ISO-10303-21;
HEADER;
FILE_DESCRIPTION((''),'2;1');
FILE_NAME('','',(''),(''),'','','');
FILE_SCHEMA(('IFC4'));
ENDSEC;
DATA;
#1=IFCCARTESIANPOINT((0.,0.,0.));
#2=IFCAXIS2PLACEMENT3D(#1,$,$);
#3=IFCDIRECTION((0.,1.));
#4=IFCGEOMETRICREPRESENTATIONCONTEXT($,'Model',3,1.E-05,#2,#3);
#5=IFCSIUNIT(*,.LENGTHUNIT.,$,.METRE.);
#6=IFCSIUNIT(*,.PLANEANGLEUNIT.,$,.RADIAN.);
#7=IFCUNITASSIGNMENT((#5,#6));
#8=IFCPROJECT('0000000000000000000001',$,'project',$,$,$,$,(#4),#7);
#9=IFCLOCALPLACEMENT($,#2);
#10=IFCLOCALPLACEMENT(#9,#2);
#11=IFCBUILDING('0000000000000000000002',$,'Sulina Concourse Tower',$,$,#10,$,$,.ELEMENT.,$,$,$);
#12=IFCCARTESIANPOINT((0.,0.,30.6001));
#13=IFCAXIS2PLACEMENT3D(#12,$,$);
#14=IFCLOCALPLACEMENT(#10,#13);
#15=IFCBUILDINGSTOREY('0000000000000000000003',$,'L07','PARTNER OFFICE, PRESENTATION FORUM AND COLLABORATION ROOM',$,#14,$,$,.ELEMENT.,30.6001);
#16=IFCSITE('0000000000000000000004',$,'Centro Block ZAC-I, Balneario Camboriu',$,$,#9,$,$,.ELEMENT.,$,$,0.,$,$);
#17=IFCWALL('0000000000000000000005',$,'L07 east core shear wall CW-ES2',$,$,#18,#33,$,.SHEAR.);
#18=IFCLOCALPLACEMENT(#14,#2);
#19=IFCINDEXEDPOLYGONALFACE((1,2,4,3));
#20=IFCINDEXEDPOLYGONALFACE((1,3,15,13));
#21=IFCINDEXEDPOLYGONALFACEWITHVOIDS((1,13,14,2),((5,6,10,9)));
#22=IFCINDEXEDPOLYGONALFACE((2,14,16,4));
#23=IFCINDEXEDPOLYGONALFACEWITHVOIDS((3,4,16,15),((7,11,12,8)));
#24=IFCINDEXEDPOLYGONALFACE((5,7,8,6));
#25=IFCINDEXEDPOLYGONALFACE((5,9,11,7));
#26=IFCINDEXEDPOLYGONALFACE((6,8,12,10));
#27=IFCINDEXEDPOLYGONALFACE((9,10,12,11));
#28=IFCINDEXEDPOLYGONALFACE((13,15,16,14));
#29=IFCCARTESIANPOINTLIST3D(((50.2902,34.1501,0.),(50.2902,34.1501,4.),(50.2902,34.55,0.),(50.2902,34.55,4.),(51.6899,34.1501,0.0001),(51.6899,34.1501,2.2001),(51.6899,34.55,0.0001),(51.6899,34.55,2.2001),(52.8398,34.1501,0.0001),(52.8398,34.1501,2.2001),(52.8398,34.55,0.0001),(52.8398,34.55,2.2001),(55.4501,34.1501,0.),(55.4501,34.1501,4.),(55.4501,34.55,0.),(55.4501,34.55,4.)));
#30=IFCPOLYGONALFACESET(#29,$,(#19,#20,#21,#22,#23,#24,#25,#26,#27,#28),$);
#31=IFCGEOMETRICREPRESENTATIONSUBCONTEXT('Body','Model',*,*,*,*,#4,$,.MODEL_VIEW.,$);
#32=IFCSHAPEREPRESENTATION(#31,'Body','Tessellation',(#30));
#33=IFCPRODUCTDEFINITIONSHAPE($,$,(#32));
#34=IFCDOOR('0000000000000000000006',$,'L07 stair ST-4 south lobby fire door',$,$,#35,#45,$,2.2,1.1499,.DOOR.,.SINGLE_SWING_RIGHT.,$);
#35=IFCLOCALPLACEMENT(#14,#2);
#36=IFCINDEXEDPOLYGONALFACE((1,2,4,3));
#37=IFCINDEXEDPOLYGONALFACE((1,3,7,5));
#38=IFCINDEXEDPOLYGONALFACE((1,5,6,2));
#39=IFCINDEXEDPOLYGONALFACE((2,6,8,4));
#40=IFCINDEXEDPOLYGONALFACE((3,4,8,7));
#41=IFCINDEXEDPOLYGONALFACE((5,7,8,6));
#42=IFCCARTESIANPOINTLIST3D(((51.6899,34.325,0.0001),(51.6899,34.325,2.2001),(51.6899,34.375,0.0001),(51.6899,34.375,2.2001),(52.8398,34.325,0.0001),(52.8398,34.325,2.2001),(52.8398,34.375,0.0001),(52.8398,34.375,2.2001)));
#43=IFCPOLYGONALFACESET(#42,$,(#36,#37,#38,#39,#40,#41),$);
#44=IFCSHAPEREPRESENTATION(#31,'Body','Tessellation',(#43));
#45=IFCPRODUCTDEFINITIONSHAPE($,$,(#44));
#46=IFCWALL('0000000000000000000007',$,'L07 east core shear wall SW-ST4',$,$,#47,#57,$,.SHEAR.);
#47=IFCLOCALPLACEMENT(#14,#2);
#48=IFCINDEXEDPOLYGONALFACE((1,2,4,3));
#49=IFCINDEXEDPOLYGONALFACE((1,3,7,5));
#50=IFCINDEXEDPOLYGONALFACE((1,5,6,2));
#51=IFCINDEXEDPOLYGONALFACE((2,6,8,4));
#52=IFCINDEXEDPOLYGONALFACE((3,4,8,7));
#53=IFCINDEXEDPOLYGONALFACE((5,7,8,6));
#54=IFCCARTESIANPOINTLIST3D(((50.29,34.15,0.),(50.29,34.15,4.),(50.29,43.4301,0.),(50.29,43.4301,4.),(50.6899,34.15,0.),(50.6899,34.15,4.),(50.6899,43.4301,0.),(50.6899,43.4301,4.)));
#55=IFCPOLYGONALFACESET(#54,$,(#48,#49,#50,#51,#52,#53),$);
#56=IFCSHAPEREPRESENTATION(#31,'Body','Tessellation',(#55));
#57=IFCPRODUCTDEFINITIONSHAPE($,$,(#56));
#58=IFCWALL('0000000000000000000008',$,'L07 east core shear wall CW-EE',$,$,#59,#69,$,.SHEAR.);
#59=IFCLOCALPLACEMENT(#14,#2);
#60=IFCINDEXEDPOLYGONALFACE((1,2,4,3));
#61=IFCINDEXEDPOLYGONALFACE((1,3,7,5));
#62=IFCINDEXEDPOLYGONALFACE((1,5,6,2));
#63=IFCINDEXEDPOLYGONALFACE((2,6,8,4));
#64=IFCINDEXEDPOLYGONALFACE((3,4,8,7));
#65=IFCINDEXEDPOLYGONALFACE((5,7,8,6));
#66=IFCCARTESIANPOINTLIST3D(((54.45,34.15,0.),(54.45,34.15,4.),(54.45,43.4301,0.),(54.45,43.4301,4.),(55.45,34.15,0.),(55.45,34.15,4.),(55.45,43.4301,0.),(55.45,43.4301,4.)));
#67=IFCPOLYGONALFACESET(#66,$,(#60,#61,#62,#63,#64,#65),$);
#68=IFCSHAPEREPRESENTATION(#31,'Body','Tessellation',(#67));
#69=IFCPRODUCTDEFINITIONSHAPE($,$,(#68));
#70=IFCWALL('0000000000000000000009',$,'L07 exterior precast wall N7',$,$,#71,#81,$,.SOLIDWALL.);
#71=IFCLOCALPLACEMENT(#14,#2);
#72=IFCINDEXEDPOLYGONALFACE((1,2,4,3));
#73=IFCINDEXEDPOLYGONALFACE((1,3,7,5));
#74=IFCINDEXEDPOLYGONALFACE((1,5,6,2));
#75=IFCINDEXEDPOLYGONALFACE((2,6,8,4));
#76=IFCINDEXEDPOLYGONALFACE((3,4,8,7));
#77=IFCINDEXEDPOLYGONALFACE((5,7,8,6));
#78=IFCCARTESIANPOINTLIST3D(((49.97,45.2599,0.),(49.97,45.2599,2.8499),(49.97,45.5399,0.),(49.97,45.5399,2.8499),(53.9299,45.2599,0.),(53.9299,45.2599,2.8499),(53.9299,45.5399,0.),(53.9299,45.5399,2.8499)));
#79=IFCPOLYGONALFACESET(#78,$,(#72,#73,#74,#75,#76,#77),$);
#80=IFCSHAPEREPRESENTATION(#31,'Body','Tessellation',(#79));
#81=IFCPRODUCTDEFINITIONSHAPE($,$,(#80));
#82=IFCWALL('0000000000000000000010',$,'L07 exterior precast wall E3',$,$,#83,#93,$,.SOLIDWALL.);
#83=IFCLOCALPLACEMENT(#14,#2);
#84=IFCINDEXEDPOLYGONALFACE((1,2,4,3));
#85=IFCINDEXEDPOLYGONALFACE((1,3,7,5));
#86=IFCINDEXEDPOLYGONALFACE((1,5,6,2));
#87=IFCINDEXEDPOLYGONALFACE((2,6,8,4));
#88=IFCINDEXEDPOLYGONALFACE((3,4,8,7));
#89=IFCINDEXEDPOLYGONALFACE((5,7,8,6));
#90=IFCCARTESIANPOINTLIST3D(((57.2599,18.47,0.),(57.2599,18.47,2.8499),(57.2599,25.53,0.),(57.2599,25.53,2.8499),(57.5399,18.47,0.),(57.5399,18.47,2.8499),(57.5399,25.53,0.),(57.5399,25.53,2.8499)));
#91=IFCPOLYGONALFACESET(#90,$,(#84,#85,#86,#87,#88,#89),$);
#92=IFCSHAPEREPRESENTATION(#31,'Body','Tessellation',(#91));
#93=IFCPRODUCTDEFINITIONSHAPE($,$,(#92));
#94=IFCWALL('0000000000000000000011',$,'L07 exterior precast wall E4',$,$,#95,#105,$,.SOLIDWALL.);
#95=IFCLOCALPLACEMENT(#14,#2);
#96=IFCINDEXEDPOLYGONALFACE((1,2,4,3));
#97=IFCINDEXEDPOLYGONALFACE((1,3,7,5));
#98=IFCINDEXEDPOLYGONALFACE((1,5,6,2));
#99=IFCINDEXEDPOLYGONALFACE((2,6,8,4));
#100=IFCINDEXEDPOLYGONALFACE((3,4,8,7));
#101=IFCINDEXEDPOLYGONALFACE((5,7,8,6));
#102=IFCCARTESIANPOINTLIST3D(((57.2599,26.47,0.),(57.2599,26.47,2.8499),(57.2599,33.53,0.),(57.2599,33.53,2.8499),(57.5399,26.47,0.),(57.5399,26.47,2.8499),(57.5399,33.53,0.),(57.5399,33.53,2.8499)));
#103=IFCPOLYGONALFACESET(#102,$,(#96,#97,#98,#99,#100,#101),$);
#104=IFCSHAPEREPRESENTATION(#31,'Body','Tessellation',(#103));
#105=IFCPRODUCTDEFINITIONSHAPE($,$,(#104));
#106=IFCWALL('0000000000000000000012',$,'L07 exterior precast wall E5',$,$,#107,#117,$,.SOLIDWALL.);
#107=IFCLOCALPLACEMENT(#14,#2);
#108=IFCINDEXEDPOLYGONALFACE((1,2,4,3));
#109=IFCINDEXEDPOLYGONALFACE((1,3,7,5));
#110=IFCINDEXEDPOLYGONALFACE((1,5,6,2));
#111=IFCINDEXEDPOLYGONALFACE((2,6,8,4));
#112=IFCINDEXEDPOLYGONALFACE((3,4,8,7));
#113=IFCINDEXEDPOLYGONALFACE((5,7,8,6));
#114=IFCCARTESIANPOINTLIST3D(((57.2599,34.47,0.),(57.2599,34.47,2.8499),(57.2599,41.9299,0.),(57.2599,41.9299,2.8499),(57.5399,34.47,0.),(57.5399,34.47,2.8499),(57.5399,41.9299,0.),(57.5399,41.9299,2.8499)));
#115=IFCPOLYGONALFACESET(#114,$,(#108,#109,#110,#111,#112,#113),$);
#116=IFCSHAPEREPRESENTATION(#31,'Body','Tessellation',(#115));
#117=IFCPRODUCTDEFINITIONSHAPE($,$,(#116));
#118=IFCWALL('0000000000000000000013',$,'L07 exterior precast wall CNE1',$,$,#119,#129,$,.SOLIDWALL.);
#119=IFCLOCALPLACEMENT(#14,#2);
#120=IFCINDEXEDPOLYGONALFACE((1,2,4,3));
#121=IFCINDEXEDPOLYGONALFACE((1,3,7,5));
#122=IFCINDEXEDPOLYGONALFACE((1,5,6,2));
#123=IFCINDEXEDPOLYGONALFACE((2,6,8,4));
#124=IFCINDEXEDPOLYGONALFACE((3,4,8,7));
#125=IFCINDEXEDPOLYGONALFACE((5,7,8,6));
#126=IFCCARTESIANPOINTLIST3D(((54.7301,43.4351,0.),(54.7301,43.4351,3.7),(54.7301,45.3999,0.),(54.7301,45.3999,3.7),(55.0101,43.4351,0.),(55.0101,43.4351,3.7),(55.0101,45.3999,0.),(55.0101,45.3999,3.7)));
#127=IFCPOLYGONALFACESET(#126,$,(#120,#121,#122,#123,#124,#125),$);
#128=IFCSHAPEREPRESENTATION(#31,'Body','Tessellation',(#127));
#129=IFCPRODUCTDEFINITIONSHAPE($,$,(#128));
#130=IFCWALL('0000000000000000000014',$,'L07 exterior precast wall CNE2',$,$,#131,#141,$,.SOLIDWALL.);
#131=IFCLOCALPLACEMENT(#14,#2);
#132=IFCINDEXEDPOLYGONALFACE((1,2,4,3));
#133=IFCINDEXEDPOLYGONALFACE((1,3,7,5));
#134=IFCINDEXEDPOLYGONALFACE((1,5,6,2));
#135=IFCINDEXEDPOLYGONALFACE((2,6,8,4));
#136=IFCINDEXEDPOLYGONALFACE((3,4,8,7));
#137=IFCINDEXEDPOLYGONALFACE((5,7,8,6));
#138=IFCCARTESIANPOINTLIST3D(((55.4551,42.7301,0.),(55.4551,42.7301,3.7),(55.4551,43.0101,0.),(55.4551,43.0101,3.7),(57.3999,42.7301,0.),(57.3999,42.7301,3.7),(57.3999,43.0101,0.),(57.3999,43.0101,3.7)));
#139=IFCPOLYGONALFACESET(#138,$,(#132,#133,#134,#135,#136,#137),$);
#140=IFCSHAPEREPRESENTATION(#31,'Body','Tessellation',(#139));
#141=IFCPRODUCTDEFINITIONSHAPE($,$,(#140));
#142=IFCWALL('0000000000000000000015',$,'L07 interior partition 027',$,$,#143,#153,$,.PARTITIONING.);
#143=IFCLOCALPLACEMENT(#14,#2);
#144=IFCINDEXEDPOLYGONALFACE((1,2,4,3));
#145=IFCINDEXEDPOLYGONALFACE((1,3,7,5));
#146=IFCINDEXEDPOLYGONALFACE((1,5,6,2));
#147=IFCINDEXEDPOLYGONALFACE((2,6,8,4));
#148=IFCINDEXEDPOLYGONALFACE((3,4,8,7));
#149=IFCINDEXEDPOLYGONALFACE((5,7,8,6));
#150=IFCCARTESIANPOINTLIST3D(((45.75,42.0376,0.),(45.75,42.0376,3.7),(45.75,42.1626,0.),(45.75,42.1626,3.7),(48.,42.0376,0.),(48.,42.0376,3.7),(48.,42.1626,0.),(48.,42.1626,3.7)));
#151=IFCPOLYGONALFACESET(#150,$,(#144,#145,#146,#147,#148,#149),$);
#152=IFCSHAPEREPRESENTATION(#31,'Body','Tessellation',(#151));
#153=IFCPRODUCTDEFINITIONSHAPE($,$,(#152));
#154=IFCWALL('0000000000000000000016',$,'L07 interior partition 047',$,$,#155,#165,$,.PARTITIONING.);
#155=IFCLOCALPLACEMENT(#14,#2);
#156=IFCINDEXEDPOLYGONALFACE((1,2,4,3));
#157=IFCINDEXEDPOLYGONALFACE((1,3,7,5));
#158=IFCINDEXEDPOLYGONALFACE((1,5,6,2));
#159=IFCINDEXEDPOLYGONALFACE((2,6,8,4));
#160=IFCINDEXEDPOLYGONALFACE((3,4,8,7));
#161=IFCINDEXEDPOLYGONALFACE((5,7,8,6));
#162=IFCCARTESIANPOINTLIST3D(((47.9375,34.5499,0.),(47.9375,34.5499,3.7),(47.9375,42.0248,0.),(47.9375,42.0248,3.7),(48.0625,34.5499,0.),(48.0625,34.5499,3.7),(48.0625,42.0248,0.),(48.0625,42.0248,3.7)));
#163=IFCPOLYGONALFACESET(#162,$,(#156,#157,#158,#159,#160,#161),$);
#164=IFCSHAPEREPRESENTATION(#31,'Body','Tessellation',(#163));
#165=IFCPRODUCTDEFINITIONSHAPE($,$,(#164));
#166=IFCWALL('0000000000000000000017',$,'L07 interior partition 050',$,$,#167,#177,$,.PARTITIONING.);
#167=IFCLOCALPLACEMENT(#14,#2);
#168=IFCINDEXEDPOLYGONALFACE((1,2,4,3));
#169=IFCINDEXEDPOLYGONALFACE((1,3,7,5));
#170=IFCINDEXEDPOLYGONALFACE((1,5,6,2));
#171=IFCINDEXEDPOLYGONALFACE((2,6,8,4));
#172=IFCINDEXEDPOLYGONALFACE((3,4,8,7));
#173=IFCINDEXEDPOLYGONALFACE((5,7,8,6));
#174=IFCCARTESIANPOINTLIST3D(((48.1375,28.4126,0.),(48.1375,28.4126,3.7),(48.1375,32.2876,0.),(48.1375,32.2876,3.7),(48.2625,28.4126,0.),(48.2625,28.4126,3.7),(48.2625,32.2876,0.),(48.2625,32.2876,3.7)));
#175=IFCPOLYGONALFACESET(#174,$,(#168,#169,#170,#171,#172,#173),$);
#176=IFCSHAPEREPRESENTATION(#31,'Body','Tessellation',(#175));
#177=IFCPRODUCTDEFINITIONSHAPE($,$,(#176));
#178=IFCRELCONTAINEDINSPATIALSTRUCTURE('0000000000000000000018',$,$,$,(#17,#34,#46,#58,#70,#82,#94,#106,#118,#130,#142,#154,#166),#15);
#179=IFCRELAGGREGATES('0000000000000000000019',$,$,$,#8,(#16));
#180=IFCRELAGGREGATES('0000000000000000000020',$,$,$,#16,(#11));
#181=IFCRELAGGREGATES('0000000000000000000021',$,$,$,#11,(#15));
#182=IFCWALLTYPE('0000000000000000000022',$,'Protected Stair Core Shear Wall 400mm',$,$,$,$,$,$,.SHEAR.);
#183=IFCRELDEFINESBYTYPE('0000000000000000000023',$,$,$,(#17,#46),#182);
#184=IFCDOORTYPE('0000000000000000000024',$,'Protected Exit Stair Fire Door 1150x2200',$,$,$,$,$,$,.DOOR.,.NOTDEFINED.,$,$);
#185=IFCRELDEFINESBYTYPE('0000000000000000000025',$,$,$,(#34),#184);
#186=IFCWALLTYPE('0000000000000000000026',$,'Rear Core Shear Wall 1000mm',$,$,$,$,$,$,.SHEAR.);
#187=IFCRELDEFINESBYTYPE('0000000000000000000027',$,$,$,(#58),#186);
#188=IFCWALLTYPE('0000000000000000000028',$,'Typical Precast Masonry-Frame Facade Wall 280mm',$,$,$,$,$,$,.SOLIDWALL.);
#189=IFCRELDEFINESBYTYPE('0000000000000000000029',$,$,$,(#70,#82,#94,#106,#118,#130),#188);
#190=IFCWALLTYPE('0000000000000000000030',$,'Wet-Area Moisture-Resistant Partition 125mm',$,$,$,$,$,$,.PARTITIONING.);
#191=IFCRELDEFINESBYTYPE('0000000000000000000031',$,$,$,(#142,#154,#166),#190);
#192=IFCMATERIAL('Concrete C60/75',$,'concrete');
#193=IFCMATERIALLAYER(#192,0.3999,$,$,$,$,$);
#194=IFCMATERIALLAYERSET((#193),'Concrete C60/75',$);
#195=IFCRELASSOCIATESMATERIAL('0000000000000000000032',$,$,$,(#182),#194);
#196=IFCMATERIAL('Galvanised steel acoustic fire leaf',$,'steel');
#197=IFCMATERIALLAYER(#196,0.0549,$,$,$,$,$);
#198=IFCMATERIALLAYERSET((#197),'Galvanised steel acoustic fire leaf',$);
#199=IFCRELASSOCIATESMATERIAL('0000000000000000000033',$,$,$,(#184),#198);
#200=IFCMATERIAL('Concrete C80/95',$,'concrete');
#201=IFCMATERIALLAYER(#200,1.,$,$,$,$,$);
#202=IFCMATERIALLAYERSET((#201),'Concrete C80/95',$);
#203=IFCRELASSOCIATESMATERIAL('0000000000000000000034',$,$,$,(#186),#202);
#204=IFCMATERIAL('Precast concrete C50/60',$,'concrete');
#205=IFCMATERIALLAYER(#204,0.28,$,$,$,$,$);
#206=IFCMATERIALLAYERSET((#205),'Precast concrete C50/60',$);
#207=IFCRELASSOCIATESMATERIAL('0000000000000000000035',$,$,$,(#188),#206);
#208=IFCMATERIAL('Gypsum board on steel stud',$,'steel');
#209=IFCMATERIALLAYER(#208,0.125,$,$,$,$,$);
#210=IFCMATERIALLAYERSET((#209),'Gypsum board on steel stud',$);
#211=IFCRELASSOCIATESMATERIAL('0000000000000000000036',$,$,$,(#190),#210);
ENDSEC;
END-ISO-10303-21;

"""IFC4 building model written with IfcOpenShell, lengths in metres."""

from ifc_helpers import new_model, si_unit, direction, frame, frame_2d, origin, place, context, subcontext, project, spatial, rectangle, extrude, material, layer, layer_set, type_object, element, fill, save


model = new_model("IFC4")

# Units and contexts
model_context = context("Model", 3, precision=1e-05, world=origin(), true_north=direction((0.0, 1.0)))
body_context = subcontext(model_context, "Body", "Model", "MODEL_VIEW")
ifc_project = project(units=[si_unit("LENGTHUNIT", "METRE"), si_unit("PLANEANGLEUNIT", "RADIAN")], contexts=[model_context])

# Site, building, storey
site_placement = place(None, origin())
site = spatial("IfcSite", under=ifc_project, at=site_placement, Name="Centro Block ZAC-I, Balneario Camboriu", CompositionType="ELEMENT", RefElevation=0.0)
building_placement = place(site_placement, origin())
building = spatial("IfcBuilding", under=site, at=building_placement, Name="Sulina Concourse Tower", CompositionType="ELEMENT")
storey_placement = place(building_placement, frame((0.0, 0.0, 30.6001)))
storey = spatial("IfcBuildingStorey", under=building, at=storey_placement, Name="L07", Description="PARTNER OFFICE, PRESENTATION FORUM AND COLLABORATION ROOM", CompositionType="ELEMENT", Elevation=30.6001)

# Wall, opening, door
ifc_material_1 = material(Name="Concrete C60/75", Category="concrete")
ifc_layer_1 = layer(ifc_material_1, 0.3999)
ifc_layer_set_1 = layer_set([ifc_layer_1], Name="Concrete C60/75")
wall_type_1 = type_object("IfcWallType", Name="Protected Stair Core Shear Wall 400mm", PredefinedType="SHEAR", material=ifc_layer_set_1)
wall_1_placement = place(storey_placement, frame((50.29, 34.3501, 0.0), z_axis=(0.0, 0.0, 1.0), x_axis=(1.0, 0.0, 0.0)))
wall_1 = element("IfcWall", 1, at=wall_1_placement, inside=storey, type_object=wall_type_1, Name="L07 east core shear wall CW-ES2", PredefinedType="SHEAR", context=body_context, shape_type="SweptSolid", body=[
    extrude(rectangle(XDim=5.1599, YDim=0.3999, at=frame_2d((2.5801, 0.0))), origin(), (0.0, 0.0, 1.0), 4.0),
])
opening_1_placement = place(wall_1_placement, frame((1.3999, 0.0, 0.0)))
opening_1 = element("IfcOpeningElement", 2, at=opening_1_placement, cuts=wall_1, PredefinedType="OPENING", context=body_context, shape_type="SweptSolid", body=[
    extrude(rectangle(XDim=1.1499, YDim=2.2, at=frame_2d((0.575, 1.1001))), frame((0.0, 0.21, 0.0), z_axis=(0.0, -1.0, 0.0), x_axis=(1.0, 0.0, 0.0)), (0.0, 0.0, 1.0), 0.4199),
])
ifc_material_2 = material(Name="Galvanised steel acoustic fire leaf", Category="steel")
ifc_layer_2 = layer(ifc_material_2, 0.0549)
ifc_layer_set_2 = layer_set([ifc_layer_2], Name="Galvanised steel acoustic fire leaf")
door_type_1 = type_object("IfcDoorType", Name="Protected Exit Stair Fire Door 1150x2200", OperationType="NOTDEFINED", PredefinedType="DOOR", material=ifc_layer_set_2)
door_1_placement = place(opening_1_placement, origin())
door_1 = element("IfcDoor", 3, at=door_1_placement, inside=storey, type_object=door_type_1, Name="L07 stair ST-4 south lobby fire door", OperationType="SINGLE_SWING_RIGHT", OverallHeight=2.2, OverallWidth=1.1499, PredefinedType="DOOR", context=body_context, shape_type="SweptSolid", body=[
    extrude(rectangle(XDim=1.1499, YDim=2.2, at=frame_2d((0.575, 1.1001))), frame((0.0, 0.0249, 0.0), z_axis=(0.0, -1.0, 0.0), x_axis=(1.0, 0.0, 0.0)), (0.0, 0.0, 1.0), 0.05),
])
fill(opening_1, door_1)

# Walls
wall_2_placement = place(storey_placement, frame((50.49, 34.1499, 0.0), z_axis=(0.0, 0.0, 1.0), x_axis=(0.0, 1.0, 0.0)))
element("IfcWall", 4, at=wall_2_placement, inside=storey, type_object=wall_type_1, Name="L07 east core shear wall SW-ST4", PredefinedType="SHEAR", context=body_context, shape_type="SweptSolid", body=[
    extrude(rectangle(XDim=9.28, YDim=0.3999, at=frame_2d((4.6401, 0.0))), origin(), (0.0, 0.0, 1.0), 4.0),
])
ifc_material_3 = material(Name="Concrete C80/95", Category="concrete")
ifc_layer_3 = layer(ifc_material_3, 1.0)
ifc_layer_set_3 = layer_set([ifc_layer_3], Name="Concrete C80/95")
wall_type_2 = type_object("IfcWallType", Name="Rear Core Shear Wall 1000mm", PredefinedType="SHEAR", material=ifc_layer_set_3)
wall_3_placement = place(storey_placement, frame((54.95, 34.1499, 0.0), z_axis=(0.0, 0.0, 1.0), x_axis=(0.0, 1.0, 0.0)))
element("IfcWall", 5, at=wall_3_placement, inside=storey, type_object=wall_type_2, Name="L07 east core shear wall CW-EE", PredefinedType="SHEAR", context=body_context, shape_type="SweptSolid", body=[
    extrude(rectangle(XDim=9.28, YDim=1.0, at=frame_2d((4.6401, 0.0))), origin(), (0.0, 0.0, 1.0), 4.0),
])
ifc_material_4 = material(Name="Precast concrete C50/60", Category="concrete")
ifc_layer_4 = layer(ifc_material_4, 0.28)
ifc_layer_set_4 = layer_set([ifc_layer_4], Name="Precast concrete C50/60")
wall_type_3 = type_object("IfcWallType", Name="Typical Precast Masonry-Frame Facade Wall 280mm", PredefinedType="SOLIDWALL", material=ifc_layer_set_4)
wall_4_placement = place(storey_placement, frame((49.97, 45.3999, 0.0), z_axis=(0.0, 0.0, 1.0), x_axis=(1.0, 0.0, 0.0)))
element("IfcWall", 6, at=wall_4_placement, inside=storey, type_object=wall_type_3, Name="L07 exterior precast wall N7", PredefinedType="SOLIDWALL", context=body_context, shape_type="SweptSolid", body=[
    extrude(rectangle(XDim=3.96, YDim=0.28, at=frame_2d((1.98, 0.0))), origin(), (0.0, 0.0, 1.0), 2.8499),
])
for number, where, z_axis, x_axis, name in (
    (7, (57.3999, 25.53, 0.0), (0.0, 0.0, 1.0), (0.0, -1.0, 0.0), "L07 exterior precast wall E3"),
    (8, (57.3999, 33.53, 0.0), (0.0, 0.0, 1.0), (0.0, -1.0, 0.0), "L07 exterior precast wall E4"),
):
    element("IfcWall", number, at=place(storey_placement, frame(where, z_axis=z_axis, x_axis=x_axis)), inside=storey, type_object=wall_type_3, Name=name, PredefinedType="SOLIDWALL", context=body_context, shape_type="SweptSolid", body=[
        extrude(rectangle(XDim=7.0601, YDim=0.28, at=frame_2d((3.53, 0.0))), origin(), (0.0, 0.0, 1.0), 2.8499),
    ])
wall_5_placement = place(storey_placement, frame((57.3999, 41.9299, 0.0), z_axis=(0.0, 0.0, 1.0), x_axis=(0.0, -1.0, 0.0)))
element("IfcWall", 9, at=wall_5_placement, inside=storey, type_object=wall_type_3, Name="L07 exterior precast wall E5", PredefinedType="SOLIDWALL", context=body_context, shape_type="SweptSolid", body=[
    extrude(rectangle(XDim=7.46, YDim=0.28, at=frame_2d((3.73, 0.0))), origin(), (0.0, 0.0, 1.0), 2.8499),
])
wall_6_placement = place(storey_placement, frame((54.8701, 45.3999, 0.0), z_axis=(0.0, 0.0, 1.0), x_axis=(0.0, -1.0, 0.0)))
element("IfcWall", 10, at=wall_6_placement, inside=storey, type_object=wall_type_3, Name="L07 exterior precast wall CNE1", PredefinedType="SOLIDWALL", context=body_context, shape_type="SweptSolid", body=[
    extrude(rectangle(XDim=1.9648, YDim=0.28, at=frame_2d((0.9824, 0.0))), origin(), (0.0, 0.0, 1.0), 3.7),
])
wall_7_placement = place(storey_placement, frame((55.4551, 42.8701, 0.0), z_axis=(0.0, 0.0, 1.0), x_axis=(1.0, 0.0, 0.0)))
element("IfcWall", 11, at=wall_7_placement, inside=storey, type_object=wall_type_3, Name="L07 exterior precast wall CNE2", PredefinedType="SOLIDWALL", context=body_context, shape_type="SweptSolid", body=[
    extrude(rectangle(XDim=1.9448, YDim=0.28, at=frame_2d((0.9724, 0.0))), origin(), (0.0, 0.0, 1.0), 3.7),
])
ifc_material_5 = material(Name="Gypsum board on steel stud", Category="steel")
ifc_layer_5 = layer(ifc_material_5, 0.125)
ifc_layer_set_5 = layer_set([ifc_layer_5], Name="Gypsum board on steel stud")
wall_type_4 = type_object("IfcWallType", Name="Wet-Area Moisture-Resistant Partition 125mm", PredefinedType="PARTITIONING", material=ifc_layer_set_5)
wall_8_placement = place(storey_placement, frame((45.75, 42.1001, 0.0), z_axis=(0.0, 0.0, 1.0), x_axis=(1.0, 0.0, 0.0)))
element("IfcWall", 12, at=wall_8_placement, inside=storey, type_object=wall_type_4, Name="L07 interior partition 027", PredefinedType="PARTITIONING", context=body_context, shape_type="SweptSolid", body=[
    extrude(rectangle(XDim=2.25, YDim=0.125, at=frame_2d((1.125, 0.0))), origin(), (0.0, 0.0, 1.0), 3.7),
])
wall_9_placement = place(storey_placement, frame((48.0, 34.55, 0.0), z_axis=(0.0, 0.0, 1.0), x_axis=(0.0, 1.0, 0.0)))
element("IfcWall", 13, at=wall_9_placement, inside=storey, type_object=wall_type_4, Name="L07 interior partition 047", PredefinedType="PARTITIONING", context=body_context, shape_type="SweptSolid", body=[
    extrude(rectangle(XDim=7.4749, YDim=0.125, at=frame_2d((3.7373, 0.0))), origin(), (0.0, 0.0, 1.0), 3.7),
])
wall_10_placement = place(storey_placement, frame((48.2, 28.4126, 0.0), z_axis=(0.0, 0.0, 1.0), x_axis=(0.0, 1.0, 0.0)))
element("IfcWall", 14, at=wall_10_placement, inside=storey, type_object=wall_type_4, Name="L07 interior partition 050", PredefinedType="PARTITIONING", context=body_context, shape_type="SweptSolid", body=[
    extrude(rectangle(XDim=3.875, YDim=0.125, at=frame_2d((1.9375, 0.0))), origin(), (0.0, 0.0, 1.0), 3.7),
])

save(model, "model.ifc")
